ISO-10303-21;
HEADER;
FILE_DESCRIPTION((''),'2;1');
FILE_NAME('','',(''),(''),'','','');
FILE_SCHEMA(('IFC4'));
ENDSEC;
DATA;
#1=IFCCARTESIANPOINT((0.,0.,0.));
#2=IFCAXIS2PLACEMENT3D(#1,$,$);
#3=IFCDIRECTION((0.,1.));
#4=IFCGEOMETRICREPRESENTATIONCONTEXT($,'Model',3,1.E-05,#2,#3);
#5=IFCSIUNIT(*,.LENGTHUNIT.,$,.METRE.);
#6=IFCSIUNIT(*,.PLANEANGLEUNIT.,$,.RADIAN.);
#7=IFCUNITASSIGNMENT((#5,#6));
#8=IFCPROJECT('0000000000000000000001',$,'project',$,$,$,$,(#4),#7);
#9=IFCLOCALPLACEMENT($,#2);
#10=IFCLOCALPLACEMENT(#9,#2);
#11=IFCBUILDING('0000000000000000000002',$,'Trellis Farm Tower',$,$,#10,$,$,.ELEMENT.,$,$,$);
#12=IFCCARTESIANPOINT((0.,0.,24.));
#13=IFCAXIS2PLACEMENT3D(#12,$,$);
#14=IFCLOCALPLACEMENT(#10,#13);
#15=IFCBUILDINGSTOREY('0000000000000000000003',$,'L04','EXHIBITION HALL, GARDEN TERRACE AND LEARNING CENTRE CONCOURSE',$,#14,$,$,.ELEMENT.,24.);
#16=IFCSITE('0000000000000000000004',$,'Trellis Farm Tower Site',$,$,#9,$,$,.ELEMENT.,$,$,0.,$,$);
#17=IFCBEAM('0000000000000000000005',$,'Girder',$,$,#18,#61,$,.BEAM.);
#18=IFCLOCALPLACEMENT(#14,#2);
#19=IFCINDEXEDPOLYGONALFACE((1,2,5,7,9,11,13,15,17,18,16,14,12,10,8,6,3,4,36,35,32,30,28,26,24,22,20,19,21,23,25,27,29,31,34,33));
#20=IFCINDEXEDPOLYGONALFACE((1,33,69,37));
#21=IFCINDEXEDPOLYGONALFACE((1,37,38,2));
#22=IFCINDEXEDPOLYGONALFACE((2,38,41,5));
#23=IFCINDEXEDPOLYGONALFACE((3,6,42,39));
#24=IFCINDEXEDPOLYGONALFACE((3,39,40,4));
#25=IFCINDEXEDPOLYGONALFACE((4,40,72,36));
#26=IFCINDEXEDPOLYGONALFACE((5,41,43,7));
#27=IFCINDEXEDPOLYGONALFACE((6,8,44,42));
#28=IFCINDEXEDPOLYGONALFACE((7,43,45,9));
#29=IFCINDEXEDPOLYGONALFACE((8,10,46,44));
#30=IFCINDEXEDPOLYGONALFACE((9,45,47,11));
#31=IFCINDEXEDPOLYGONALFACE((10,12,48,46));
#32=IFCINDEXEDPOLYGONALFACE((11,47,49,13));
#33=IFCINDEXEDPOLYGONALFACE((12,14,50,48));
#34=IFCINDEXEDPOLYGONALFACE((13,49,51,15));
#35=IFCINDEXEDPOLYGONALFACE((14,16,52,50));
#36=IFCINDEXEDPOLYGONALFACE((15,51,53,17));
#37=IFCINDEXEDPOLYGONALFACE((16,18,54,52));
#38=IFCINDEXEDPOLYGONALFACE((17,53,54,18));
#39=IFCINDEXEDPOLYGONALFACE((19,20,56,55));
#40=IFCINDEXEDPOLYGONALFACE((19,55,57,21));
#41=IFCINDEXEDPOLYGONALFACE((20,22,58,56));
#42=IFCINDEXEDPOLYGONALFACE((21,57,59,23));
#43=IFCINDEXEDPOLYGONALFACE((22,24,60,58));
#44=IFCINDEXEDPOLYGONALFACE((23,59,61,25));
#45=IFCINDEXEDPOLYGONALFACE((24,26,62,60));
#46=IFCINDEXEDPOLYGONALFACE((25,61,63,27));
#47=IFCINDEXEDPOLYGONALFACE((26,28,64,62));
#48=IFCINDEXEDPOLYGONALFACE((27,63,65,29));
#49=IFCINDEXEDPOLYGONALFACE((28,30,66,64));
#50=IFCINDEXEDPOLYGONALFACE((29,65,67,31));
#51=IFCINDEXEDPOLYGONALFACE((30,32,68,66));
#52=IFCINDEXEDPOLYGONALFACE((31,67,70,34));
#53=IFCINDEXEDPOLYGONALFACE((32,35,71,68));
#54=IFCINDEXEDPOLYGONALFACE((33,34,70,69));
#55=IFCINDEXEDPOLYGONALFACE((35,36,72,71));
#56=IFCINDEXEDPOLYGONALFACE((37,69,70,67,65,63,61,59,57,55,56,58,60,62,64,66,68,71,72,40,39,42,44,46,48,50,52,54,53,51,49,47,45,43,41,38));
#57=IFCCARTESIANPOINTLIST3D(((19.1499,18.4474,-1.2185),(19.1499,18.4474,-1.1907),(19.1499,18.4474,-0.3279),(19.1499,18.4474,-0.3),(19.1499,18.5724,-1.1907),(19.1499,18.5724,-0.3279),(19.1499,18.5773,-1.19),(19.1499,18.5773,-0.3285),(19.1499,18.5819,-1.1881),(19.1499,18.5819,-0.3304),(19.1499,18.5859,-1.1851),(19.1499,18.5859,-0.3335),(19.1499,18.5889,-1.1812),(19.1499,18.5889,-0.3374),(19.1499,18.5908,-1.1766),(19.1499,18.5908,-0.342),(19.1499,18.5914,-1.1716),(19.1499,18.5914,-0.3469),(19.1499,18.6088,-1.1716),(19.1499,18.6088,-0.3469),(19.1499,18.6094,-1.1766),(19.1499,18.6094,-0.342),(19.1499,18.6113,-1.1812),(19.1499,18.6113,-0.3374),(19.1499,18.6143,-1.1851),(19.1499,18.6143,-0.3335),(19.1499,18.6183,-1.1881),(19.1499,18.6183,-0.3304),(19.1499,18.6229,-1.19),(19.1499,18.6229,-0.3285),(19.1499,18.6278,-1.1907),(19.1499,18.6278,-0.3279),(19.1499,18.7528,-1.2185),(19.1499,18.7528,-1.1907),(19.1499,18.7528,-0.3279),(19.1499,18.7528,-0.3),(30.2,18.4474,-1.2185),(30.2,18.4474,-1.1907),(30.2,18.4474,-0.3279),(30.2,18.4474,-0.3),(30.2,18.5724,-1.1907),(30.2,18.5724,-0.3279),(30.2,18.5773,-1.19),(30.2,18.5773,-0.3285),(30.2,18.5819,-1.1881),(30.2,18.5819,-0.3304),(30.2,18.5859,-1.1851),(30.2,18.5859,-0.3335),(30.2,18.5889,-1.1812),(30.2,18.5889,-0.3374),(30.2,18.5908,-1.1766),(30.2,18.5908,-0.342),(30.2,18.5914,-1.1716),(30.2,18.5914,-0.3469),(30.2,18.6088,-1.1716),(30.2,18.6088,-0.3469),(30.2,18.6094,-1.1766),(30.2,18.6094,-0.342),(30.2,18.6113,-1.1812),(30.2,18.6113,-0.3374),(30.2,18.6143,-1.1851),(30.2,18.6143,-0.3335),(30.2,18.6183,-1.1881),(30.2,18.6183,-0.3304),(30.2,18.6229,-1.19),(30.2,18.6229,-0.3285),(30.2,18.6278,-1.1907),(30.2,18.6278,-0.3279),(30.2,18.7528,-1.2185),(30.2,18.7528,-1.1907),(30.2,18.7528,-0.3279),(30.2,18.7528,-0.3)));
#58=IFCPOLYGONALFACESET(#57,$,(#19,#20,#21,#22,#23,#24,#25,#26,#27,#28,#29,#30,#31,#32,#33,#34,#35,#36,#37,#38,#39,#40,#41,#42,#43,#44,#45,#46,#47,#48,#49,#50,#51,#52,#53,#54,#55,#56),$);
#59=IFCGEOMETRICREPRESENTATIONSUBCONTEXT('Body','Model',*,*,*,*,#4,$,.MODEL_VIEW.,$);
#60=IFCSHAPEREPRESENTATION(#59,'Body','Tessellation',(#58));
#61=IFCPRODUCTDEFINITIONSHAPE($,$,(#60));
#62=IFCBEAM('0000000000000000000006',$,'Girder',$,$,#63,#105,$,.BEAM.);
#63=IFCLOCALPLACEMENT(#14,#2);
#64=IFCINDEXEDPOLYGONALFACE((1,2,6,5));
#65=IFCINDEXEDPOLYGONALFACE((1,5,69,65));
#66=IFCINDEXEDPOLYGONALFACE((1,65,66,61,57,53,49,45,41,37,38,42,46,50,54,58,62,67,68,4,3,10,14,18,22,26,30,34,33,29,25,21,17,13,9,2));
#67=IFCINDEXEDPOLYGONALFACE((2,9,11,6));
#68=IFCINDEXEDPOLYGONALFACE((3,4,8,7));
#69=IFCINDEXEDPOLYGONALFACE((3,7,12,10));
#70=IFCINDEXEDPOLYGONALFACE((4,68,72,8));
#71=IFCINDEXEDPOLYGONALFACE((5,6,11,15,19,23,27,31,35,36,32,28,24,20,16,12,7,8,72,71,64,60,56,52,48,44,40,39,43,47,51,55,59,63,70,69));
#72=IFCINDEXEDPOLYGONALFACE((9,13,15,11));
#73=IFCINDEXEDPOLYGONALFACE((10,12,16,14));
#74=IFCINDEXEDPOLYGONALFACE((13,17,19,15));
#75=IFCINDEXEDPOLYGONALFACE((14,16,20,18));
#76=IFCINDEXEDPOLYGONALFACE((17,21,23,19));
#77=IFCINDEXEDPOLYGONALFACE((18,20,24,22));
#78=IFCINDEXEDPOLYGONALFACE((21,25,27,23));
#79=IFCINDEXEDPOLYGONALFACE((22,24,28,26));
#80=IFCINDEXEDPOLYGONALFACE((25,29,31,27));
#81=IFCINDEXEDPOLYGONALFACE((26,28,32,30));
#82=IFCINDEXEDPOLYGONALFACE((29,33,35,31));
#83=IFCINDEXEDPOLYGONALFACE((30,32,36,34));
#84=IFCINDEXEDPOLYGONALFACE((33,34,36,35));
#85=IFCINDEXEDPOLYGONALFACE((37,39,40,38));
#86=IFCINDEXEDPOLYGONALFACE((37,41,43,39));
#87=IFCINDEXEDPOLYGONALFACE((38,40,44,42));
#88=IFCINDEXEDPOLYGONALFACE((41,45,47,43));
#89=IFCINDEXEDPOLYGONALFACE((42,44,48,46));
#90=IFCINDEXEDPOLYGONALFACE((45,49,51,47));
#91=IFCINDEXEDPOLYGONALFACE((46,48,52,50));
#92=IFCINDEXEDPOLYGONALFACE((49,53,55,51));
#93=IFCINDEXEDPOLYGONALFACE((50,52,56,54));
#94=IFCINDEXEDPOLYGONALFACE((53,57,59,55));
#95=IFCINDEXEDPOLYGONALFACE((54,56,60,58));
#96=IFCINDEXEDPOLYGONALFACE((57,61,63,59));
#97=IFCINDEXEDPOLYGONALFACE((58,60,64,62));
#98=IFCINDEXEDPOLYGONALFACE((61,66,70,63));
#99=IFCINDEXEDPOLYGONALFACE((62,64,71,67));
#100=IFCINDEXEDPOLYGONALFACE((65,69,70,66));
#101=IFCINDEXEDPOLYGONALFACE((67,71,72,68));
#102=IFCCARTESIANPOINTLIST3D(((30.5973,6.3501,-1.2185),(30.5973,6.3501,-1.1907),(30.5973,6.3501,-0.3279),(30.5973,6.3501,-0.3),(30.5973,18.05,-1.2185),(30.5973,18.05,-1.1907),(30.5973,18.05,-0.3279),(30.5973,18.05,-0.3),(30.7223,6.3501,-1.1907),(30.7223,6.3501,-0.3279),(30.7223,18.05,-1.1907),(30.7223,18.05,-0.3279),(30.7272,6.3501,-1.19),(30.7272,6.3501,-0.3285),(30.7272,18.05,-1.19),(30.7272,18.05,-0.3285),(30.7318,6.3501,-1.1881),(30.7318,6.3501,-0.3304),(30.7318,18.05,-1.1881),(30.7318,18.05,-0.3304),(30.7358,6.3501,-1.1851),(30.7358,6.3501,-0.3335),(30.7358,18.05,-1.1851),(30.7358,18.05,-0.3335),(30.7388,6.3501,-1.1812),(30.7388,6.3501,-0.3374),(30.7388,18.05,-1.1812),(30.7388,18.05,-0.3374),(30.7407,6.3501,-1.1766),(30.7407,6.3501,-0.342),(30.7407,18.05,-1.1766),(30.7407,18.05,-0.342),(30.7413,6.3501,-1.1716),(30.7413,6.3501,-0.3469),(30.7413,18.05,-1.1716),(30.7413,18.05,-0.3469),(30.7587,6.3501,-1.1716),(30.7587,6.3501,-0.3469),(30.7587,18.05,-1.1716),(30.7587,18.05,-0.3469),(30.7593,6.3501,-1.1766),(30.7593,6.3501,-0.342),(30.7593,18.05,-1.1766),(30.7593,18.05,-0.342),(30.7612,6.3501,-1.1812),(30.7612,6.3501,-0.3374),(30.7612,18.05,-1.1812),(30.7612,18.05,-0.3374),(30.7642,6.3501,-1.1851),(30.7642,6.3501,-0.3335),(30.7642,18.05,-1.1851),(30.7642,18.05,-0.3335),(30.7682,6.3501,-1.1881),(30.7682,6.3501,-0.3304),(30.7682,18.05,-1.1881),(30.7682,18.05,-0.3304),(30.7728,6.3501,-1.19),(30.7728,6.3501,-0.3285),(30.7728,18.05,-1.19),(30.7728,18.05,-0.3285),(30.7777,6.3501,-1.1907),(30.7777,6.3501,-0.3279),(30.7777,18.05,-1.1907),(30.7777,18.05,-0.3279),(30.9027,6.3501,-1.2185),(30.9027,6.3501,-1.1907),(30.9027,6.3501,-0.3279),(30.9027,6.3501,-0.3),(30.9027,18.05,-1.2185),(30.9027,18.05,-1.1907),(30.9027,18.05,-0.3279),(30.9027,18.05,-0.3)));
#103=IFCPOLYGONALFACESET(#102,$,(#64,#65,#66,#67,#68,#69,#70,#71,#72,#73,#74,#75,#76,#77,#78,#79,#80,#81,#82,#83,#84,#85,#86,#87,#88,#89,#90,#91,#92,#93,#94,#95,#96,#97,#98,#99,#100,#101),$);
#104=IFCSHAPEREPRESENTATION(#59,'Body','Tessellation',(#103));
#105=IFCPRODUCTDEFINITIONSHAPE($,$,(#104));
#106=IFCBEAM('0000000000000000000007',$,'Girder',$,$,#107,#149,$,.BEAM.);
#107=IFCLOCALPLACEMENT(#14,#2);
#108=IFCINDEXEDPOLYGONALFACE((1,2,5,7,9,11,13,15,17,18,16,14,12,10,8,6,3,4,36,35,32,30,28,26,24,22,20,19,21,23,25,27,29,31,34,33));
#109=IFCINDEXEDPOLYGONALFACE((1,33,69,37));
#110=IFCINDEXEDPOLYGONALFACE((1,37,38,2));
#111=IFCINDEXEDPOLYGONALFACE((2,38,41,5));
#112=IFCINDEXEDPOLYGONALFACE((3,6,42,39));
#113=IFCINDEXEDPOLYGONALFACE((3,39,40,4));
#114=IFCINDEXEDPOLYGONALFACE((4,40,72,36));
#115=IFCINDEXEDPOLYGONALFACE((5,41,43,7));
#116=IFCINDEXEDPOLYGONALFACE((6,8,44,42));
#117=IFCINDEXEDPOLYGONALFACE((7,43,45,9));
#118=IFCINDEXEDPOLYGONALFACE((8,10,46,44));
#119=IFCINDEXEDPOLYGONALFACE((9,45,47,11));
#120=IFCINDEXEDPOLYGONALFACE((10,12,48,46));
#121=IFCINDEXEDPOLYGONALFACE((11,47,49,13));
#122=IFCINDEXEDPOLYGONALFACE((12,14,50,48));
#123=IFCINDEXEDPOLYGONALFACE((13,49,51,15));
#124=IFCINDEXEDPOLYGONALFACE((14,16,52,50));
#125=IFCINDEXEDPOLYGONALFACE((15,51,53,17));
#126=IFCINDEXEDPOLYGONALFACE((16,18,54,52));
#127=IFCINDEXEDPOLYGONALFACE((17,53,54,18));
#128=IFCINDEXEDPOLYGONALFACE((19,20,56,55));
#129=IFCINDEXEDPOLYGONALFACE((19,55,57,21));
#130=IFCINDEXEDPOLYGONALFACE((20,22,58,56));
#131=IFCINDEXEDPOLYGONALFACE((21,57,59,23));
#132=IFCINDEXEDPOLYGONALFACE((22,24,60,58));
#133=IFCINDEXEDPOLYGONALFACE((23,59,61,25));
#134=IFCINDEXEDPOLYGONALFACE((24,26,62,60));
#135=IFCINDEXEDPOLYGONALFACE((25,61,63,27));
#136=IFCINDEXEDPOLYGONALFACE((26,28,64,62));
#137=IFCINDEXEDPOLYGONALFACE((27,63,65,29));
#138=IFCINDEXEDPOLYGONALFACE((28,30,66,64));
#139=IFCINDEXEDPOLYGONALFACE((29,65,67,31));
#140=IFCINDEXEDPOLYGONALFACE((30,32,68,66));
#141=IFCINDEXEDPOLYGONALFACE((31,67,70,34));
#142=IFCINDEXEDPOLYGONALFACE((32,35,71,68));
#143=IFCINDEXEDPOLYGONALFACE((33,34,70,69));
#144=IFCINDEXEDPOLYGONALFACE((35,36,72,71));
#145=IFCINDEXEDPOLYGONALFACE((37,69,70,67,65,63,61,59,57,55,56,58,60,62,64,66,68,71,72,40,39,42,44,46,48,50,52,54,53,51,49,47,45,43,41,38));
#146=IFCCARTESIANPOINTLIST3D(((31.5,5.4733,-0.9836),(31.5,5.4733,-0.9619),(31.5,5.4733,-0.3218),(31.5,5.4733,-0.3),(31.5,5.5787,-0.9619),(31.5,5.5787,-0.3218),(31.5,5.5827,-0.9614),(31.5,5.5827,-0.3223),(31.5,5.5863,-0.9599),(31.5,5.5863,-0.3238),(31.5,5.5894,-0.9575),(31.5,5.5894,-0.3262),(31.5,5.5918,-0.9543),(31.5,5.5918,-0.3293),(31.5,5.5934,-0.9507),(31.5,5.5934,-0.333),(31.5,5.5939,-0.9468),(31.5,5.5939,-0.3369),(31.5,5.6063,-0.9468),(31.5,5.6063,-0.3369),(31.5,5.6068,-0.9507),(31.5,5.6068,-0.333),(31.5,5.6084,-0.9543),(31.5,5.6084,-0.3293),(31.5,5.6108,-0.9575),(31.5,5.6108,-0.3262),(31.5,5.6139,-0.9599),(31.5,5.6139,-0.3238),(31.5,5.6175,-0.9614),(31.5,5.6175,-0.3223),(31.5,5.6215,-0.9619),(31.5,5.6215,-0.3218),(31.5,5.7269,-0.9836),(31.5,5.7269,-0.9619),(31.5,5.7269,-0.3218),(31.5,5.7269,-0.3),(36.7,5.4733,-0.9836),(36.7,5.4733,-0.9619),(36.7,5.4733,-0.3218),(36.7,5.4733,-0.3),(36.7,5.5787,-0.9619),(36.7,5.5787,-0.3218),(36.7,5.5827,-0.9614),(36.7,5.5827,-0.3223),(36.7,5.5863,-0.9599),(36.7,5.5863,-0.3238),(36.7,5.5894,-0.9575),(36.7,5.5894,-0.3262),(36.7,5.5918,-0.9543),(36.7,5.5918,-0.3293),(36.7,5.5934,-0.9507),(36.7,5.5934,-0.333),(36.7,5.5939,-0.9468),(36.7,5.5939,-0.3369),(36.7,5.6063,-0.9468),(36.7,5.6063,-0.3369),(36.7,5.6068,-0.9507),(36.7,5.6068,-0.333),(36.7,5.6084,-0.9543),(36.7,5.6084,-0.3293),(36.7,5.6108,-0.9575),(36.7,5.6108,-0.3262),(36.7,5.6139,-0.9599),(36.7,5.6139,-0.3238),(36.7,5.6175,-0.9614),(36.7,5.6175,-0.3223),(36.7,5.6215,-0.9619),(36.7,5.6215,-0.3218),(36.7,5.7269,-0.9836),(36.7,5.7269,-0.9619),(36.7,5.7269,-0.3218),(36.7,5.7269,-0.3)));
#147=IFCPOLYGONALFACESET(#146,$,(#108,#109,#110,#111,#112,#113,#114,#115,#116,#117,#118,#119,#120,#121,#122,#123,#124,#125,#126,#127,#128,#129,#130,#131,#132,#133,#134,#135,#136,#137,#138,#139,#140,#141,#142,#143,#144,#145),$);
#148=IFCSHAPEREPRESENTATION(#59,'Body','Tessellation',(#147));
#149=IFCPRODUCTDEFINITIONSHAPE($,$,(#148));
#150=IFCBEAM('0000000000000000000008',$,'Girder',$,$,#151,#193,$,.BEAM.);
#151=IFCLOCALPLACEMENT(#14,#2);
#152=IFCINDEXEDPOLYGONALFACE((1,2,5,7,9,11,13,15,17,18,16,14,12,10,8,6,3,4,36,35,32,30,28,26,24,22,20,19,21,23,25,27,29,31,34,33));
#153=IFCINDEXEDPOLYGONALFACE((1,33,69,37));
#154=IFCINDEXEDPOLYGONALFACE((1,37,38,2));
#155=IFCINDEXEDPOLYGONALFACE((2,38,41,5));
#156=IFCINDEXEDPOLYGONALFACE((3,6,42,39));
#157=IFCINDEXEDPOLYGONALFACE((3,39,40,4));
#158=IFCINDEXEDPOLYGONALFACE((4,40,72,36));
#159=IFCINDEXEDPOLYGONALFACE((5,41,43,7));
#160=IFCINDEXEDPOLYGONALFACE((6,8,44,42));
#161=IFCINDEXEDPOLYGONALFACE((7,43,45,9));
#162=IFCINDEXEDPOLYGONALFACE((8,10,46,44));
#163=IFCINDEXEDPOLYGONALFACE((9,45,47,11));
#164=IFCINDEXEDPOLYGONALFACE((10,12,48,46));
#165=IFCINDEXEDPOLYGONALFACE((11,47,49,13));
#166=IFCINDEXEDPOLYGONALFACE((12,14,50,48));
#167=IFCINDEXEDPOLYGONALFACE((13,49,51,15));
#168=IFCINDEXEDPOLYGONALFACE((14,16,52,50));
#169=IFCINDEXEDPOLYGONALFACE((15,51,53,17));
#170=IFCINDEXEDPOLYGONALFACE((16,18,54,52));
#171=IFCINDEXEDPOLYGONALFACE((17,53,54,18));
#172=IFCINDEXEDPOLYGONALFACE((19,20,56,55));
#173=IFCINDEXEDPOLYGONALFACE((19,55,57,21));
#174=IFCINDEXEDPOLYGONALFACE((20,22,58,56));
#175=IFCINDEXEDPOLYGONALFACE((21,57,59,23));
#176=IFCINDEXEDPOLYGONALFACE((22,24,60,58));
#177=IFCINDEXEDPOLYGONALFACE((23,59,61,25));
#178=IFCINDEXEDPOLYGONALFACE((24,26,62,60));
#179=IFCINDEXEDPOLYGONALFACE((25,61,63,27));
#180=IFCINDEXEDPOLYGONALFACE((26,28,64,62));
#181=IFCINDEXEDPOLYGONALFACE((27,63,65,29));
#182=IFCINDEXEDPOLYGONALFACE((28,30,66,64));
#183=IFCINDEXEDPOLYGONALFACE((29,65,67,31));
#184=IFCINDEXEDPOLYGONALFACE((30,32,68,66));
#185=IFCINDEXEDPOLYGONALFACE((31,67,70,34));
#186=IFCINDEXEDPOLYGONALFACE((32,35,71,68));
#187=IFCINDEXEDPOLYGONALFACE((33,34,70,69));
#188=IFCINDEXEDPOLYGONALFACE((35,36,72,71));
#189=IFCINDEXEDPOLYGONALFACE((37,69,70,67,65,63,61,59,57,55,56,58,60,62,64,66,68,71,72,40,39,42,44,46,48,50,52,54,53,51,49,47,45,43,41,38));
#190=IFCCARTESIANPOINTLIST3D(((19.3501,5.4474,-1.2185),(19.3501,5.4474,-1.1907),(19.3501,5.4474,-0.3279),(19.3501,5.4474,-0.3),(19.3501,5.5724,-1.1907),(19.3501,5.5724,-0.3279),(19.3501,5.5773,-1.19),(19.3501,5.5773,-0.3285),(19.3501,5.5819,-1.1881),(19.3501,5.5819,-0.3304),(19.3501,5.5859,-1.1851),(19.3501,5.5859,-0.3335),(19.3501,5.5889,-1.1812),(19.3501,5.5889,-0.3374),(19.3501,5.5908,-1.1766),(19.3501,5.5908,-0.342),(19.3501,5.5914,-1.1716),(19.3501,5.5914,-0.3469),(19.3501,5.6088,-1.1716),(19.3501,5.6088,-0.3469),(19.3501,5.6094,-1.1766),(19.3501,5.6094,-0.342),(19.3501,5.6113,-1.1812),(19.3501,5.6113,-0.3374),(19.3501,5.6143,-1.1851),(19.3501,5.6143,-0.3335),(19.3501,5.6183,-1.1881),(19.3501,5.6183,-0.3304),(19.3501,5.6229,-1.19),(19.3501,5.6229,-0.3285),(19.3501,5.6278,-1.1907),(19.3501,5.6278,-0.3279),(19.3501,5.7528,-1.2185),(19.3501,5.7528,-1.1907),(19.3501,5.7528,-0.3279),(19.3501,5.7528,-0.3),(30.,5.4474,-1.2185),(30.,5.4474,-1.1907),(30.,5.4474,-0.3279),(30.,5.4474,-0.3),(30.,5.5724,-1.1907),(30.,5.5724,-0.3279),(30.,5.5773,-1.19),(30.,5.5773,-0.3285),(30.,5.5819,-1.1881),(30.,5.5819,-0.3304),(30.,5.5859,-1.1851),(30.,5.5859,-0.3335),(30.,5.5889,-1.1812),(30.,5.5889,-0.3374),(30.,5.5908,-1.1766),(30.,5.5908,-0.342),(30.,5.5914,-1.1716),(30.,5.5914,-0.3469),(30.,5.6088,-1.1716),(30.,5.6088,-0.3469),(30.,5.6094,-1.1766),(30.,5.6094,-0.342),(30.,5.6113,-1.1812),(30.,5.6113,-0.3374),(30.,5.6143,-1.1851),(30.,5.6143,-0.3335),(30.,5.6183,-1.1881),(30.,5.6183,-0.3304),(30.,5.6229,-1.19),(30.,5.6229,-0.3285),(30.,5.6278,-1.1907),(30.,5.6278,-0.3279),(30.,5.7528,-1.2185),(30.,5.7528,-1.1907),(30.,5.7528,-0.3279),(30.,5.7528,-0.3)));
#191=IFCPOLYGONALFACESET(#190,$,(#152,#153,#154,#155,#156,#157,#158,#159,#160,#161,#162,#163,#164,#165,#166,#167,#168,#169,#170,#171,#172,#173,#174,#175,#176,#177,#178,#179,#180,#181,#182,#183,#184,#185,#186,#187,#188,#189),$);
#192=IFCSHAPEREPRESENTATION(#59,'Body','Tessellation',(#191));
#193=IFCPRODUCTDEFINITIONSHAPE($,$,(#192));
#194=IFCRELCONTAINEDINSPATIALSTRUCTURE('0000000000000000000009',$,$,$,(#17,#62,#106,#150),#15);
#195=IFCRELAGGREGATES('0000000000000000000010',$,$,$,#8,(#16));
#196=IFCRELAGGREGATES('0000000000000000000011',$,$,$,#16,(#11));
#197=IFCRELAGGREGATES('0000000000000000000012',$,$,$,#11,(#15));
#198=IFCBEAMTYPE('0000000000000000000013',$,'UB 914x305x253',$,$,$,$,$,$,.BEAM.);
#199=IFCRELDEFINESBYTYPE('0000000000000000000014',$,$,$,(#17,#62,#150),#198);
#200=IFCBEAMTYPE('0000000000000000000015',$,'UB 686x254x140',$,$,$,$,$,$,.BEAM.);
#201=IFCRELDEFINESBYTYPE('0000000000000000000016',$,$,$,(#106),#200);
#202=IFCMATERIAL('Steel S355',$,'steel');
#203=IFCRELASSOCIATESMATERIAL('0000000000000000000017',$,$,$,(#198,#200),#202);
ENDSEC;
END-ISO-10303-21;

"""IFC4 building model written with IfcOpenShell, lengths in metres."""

from ifc_helpers import new_model, si_unit, direction, frame, origin, origin_2d, place, context, subcontext, project, spatial, i_section, extrude, source, transform, mapped, material, material_profile, profile_set, type_object, element, save


model = new_model("IFC4")

# Units and contexts
model_context = context("Model", 3, precision=1e-05, world=origin(), true_north=direction((0.0, 1.0)))
body_context = subcontext(model_context, "Body", "Model", "MODEL_VIEW")
ifc_project = project(units=[si_unit("LENGTHUNIT", "METRE"), si_unit("PLANEANGLEUNIT", "RADIAN")], contexts=[model_context])

# Site, building, storey
site_placement = place(None, origin())
site = spatial("IfcSite", under=ifc_project, at=site_placement, Name="Trellis Farm Tower Site", CompositionType="ELEMENT", RefElevation=0.0)
building_placement = place(site_placement, origin())
building = spatial("IfcBuilding", under=site, at=building_placement, Name="Trellis Farm Tower", CompositionType="ELEMENT")
storey_placement = place(building_placement, frame((0.0, 0.0, 24.0)))
storey = spatial("IfcBuildingStorey", under=building, at=storey_placement, Name="L04", Description="EXHIBITION HALL, GARDEN TERRACE AND LEARNING CENTRE CONCOURSE", CompositionType="ELEMENT", Elevation=24.0)

# Beams
ifc_material_1 = material(Name="Steel S355", Category="steel")
ifc_material_profile_1 = material_profile(ifc_material_1, i_section(OverallWidth=0.3054, OverallDepth=0.9185, WebThickness=0.0173, FlangeThickness=0.0278, FilletRadius=0.019, at=origin_2d()), Name="UB 914x305x253")
ifc_profile_set_1 = profile_set([ifc_material_profile_1], Name="Steel S355")
beam_type_1 = type_object("IfcBeamType", Name="UB 914x305x253", PredefinedType="BEAM", material=ifc_profile_set_1)
shared_shape_1 = source(origin(), body_context, "Body", "SweptSolid", [
    extrude(i_section(OverallWidth=0.3054, OverallDepth=0.9185, WebThickness=0.0173, FlangeThickness=0.0278, FilletRadius=0.019, at=origin_2d()), origin(), (0.0, 0.0, 1.0), 11.05),
])
beam_1_placement = place(storey_placement, frame((19.1499, 18.6001, -0.7593), z_axis=(1.0, 0.0, 0.0), x_axis=(0.0, 1.0, 0.0)))
element("IfcBeam", 1, at=beam_1_placement, inside=storey, type_object=beam_type_1, Name="Girder", PredefinedType="BEAM", context=body_context, shape_type="MappedRepresentation", body=[
    mapped(shared_shape_1, transform((0.0, 0.0, 0.0))),
])
shared_shape_2 = source(origin(), body_context, "Body", "SweptSolid", [
    extrude(i_section(OverallWidth=0.3054, OverallDepth=0.9185, WebThickness=0.0173, FlangeThickness=0.0278, FilletRadius=0.019, at=origin_2d()), origin(), (0.0, 0.0, 1.0), 11.7),
])
beam_2_placement = place(storey_placement, frame((30.75, 6.3501, -0.7593), z_axis=(0.0, 1.0, 0.0), x_axis=(-1.0, 0.0, 0.0)))
element("IfcBeam", 2, at=beam_2_placement, inside=storey, type_object=beam_type_1, Name="Girder", PredefinedType="BEAM", context=body_context, shape_type="MappedRepresentation", body=[
    mapped(shared_shape_2, transform((0.0, 0.0, 0.0))),
])
ifc_material_profile_2 = material_profile(ifc_material_1, i_section(OverallWidth=0.2537, OverallDepth=0.6836, WebThickness=0.0125, FlangeThickness=0.0217, FilletRadius=0.0151, at=origin_2d()), Name="UB 686x254x140")
ifc_profile_set_2 = profile_set([ifc_material_profile_2], Name="Steel S355")
beam_type_2 = type_object("IfcBeamType", Name="UB 686x254x140", PredefinedType="BEAM", material=ifc_profile_set_2)
shared_shape_3 = source(origin(), body_context, "Body", "SweptSolid", [
    extrude(i_section(OverallWidth=0.2537, OverallDepth=0.6836, WebThickness=0.0125, FlangeThickness=0.0217, FilletRadius=0.0151, at=origin_2d()), origin(), (0.0, 0.0, 1.0), 5.2),
])
beam_3_placement = place(storey_placement, frame((31.5, 5.6001, -0.6418), z_axis=(1.0, 0.0, 0.0), x_axis=(0.0, 1.0, 0.0)))
element("IfcBeam", 3, at=beam_3_placement, inside=storey, type_object=beam_type_2, Name="Girder", PredefinedType="BEAM", context=body_context, shape_type="MappedRepresentation", body=[
    mapped(shared_shape_3, transform((0.0, 0.0, 0.0))),
])
shared_shape_4 = source(origin(), body_context, "Body", "SweptSolid", [
    extrude(i_section(OverallWidth=0.3054, OverallDepth=0.9185, WebThickness=0.0173, FlangeThickness=0.0278, FilletRadius=0.019, at=origin_2d()), origin(), (0.0, 0.0, 1.0), 10.6499),
])
beam_4_placement = place(storey_placement, frame((19.3501, 5.6001, -0.7593), z_axis=(1.0, 0.0, 0.0), x_axis=(0.0, 1.0, 0.0)))
element("IfcBeam", 4, at=beam_4_placement, inside=storey, type_object=beam_type_1, Name="Girder", PredefinedType="BEAM", context=body_context, shape_type="MappedRepresentation", body=[
    mapped(shared_shape_4, transform((0.0, 0.0, 0.0))),
])

save(model, "model.ifc")
